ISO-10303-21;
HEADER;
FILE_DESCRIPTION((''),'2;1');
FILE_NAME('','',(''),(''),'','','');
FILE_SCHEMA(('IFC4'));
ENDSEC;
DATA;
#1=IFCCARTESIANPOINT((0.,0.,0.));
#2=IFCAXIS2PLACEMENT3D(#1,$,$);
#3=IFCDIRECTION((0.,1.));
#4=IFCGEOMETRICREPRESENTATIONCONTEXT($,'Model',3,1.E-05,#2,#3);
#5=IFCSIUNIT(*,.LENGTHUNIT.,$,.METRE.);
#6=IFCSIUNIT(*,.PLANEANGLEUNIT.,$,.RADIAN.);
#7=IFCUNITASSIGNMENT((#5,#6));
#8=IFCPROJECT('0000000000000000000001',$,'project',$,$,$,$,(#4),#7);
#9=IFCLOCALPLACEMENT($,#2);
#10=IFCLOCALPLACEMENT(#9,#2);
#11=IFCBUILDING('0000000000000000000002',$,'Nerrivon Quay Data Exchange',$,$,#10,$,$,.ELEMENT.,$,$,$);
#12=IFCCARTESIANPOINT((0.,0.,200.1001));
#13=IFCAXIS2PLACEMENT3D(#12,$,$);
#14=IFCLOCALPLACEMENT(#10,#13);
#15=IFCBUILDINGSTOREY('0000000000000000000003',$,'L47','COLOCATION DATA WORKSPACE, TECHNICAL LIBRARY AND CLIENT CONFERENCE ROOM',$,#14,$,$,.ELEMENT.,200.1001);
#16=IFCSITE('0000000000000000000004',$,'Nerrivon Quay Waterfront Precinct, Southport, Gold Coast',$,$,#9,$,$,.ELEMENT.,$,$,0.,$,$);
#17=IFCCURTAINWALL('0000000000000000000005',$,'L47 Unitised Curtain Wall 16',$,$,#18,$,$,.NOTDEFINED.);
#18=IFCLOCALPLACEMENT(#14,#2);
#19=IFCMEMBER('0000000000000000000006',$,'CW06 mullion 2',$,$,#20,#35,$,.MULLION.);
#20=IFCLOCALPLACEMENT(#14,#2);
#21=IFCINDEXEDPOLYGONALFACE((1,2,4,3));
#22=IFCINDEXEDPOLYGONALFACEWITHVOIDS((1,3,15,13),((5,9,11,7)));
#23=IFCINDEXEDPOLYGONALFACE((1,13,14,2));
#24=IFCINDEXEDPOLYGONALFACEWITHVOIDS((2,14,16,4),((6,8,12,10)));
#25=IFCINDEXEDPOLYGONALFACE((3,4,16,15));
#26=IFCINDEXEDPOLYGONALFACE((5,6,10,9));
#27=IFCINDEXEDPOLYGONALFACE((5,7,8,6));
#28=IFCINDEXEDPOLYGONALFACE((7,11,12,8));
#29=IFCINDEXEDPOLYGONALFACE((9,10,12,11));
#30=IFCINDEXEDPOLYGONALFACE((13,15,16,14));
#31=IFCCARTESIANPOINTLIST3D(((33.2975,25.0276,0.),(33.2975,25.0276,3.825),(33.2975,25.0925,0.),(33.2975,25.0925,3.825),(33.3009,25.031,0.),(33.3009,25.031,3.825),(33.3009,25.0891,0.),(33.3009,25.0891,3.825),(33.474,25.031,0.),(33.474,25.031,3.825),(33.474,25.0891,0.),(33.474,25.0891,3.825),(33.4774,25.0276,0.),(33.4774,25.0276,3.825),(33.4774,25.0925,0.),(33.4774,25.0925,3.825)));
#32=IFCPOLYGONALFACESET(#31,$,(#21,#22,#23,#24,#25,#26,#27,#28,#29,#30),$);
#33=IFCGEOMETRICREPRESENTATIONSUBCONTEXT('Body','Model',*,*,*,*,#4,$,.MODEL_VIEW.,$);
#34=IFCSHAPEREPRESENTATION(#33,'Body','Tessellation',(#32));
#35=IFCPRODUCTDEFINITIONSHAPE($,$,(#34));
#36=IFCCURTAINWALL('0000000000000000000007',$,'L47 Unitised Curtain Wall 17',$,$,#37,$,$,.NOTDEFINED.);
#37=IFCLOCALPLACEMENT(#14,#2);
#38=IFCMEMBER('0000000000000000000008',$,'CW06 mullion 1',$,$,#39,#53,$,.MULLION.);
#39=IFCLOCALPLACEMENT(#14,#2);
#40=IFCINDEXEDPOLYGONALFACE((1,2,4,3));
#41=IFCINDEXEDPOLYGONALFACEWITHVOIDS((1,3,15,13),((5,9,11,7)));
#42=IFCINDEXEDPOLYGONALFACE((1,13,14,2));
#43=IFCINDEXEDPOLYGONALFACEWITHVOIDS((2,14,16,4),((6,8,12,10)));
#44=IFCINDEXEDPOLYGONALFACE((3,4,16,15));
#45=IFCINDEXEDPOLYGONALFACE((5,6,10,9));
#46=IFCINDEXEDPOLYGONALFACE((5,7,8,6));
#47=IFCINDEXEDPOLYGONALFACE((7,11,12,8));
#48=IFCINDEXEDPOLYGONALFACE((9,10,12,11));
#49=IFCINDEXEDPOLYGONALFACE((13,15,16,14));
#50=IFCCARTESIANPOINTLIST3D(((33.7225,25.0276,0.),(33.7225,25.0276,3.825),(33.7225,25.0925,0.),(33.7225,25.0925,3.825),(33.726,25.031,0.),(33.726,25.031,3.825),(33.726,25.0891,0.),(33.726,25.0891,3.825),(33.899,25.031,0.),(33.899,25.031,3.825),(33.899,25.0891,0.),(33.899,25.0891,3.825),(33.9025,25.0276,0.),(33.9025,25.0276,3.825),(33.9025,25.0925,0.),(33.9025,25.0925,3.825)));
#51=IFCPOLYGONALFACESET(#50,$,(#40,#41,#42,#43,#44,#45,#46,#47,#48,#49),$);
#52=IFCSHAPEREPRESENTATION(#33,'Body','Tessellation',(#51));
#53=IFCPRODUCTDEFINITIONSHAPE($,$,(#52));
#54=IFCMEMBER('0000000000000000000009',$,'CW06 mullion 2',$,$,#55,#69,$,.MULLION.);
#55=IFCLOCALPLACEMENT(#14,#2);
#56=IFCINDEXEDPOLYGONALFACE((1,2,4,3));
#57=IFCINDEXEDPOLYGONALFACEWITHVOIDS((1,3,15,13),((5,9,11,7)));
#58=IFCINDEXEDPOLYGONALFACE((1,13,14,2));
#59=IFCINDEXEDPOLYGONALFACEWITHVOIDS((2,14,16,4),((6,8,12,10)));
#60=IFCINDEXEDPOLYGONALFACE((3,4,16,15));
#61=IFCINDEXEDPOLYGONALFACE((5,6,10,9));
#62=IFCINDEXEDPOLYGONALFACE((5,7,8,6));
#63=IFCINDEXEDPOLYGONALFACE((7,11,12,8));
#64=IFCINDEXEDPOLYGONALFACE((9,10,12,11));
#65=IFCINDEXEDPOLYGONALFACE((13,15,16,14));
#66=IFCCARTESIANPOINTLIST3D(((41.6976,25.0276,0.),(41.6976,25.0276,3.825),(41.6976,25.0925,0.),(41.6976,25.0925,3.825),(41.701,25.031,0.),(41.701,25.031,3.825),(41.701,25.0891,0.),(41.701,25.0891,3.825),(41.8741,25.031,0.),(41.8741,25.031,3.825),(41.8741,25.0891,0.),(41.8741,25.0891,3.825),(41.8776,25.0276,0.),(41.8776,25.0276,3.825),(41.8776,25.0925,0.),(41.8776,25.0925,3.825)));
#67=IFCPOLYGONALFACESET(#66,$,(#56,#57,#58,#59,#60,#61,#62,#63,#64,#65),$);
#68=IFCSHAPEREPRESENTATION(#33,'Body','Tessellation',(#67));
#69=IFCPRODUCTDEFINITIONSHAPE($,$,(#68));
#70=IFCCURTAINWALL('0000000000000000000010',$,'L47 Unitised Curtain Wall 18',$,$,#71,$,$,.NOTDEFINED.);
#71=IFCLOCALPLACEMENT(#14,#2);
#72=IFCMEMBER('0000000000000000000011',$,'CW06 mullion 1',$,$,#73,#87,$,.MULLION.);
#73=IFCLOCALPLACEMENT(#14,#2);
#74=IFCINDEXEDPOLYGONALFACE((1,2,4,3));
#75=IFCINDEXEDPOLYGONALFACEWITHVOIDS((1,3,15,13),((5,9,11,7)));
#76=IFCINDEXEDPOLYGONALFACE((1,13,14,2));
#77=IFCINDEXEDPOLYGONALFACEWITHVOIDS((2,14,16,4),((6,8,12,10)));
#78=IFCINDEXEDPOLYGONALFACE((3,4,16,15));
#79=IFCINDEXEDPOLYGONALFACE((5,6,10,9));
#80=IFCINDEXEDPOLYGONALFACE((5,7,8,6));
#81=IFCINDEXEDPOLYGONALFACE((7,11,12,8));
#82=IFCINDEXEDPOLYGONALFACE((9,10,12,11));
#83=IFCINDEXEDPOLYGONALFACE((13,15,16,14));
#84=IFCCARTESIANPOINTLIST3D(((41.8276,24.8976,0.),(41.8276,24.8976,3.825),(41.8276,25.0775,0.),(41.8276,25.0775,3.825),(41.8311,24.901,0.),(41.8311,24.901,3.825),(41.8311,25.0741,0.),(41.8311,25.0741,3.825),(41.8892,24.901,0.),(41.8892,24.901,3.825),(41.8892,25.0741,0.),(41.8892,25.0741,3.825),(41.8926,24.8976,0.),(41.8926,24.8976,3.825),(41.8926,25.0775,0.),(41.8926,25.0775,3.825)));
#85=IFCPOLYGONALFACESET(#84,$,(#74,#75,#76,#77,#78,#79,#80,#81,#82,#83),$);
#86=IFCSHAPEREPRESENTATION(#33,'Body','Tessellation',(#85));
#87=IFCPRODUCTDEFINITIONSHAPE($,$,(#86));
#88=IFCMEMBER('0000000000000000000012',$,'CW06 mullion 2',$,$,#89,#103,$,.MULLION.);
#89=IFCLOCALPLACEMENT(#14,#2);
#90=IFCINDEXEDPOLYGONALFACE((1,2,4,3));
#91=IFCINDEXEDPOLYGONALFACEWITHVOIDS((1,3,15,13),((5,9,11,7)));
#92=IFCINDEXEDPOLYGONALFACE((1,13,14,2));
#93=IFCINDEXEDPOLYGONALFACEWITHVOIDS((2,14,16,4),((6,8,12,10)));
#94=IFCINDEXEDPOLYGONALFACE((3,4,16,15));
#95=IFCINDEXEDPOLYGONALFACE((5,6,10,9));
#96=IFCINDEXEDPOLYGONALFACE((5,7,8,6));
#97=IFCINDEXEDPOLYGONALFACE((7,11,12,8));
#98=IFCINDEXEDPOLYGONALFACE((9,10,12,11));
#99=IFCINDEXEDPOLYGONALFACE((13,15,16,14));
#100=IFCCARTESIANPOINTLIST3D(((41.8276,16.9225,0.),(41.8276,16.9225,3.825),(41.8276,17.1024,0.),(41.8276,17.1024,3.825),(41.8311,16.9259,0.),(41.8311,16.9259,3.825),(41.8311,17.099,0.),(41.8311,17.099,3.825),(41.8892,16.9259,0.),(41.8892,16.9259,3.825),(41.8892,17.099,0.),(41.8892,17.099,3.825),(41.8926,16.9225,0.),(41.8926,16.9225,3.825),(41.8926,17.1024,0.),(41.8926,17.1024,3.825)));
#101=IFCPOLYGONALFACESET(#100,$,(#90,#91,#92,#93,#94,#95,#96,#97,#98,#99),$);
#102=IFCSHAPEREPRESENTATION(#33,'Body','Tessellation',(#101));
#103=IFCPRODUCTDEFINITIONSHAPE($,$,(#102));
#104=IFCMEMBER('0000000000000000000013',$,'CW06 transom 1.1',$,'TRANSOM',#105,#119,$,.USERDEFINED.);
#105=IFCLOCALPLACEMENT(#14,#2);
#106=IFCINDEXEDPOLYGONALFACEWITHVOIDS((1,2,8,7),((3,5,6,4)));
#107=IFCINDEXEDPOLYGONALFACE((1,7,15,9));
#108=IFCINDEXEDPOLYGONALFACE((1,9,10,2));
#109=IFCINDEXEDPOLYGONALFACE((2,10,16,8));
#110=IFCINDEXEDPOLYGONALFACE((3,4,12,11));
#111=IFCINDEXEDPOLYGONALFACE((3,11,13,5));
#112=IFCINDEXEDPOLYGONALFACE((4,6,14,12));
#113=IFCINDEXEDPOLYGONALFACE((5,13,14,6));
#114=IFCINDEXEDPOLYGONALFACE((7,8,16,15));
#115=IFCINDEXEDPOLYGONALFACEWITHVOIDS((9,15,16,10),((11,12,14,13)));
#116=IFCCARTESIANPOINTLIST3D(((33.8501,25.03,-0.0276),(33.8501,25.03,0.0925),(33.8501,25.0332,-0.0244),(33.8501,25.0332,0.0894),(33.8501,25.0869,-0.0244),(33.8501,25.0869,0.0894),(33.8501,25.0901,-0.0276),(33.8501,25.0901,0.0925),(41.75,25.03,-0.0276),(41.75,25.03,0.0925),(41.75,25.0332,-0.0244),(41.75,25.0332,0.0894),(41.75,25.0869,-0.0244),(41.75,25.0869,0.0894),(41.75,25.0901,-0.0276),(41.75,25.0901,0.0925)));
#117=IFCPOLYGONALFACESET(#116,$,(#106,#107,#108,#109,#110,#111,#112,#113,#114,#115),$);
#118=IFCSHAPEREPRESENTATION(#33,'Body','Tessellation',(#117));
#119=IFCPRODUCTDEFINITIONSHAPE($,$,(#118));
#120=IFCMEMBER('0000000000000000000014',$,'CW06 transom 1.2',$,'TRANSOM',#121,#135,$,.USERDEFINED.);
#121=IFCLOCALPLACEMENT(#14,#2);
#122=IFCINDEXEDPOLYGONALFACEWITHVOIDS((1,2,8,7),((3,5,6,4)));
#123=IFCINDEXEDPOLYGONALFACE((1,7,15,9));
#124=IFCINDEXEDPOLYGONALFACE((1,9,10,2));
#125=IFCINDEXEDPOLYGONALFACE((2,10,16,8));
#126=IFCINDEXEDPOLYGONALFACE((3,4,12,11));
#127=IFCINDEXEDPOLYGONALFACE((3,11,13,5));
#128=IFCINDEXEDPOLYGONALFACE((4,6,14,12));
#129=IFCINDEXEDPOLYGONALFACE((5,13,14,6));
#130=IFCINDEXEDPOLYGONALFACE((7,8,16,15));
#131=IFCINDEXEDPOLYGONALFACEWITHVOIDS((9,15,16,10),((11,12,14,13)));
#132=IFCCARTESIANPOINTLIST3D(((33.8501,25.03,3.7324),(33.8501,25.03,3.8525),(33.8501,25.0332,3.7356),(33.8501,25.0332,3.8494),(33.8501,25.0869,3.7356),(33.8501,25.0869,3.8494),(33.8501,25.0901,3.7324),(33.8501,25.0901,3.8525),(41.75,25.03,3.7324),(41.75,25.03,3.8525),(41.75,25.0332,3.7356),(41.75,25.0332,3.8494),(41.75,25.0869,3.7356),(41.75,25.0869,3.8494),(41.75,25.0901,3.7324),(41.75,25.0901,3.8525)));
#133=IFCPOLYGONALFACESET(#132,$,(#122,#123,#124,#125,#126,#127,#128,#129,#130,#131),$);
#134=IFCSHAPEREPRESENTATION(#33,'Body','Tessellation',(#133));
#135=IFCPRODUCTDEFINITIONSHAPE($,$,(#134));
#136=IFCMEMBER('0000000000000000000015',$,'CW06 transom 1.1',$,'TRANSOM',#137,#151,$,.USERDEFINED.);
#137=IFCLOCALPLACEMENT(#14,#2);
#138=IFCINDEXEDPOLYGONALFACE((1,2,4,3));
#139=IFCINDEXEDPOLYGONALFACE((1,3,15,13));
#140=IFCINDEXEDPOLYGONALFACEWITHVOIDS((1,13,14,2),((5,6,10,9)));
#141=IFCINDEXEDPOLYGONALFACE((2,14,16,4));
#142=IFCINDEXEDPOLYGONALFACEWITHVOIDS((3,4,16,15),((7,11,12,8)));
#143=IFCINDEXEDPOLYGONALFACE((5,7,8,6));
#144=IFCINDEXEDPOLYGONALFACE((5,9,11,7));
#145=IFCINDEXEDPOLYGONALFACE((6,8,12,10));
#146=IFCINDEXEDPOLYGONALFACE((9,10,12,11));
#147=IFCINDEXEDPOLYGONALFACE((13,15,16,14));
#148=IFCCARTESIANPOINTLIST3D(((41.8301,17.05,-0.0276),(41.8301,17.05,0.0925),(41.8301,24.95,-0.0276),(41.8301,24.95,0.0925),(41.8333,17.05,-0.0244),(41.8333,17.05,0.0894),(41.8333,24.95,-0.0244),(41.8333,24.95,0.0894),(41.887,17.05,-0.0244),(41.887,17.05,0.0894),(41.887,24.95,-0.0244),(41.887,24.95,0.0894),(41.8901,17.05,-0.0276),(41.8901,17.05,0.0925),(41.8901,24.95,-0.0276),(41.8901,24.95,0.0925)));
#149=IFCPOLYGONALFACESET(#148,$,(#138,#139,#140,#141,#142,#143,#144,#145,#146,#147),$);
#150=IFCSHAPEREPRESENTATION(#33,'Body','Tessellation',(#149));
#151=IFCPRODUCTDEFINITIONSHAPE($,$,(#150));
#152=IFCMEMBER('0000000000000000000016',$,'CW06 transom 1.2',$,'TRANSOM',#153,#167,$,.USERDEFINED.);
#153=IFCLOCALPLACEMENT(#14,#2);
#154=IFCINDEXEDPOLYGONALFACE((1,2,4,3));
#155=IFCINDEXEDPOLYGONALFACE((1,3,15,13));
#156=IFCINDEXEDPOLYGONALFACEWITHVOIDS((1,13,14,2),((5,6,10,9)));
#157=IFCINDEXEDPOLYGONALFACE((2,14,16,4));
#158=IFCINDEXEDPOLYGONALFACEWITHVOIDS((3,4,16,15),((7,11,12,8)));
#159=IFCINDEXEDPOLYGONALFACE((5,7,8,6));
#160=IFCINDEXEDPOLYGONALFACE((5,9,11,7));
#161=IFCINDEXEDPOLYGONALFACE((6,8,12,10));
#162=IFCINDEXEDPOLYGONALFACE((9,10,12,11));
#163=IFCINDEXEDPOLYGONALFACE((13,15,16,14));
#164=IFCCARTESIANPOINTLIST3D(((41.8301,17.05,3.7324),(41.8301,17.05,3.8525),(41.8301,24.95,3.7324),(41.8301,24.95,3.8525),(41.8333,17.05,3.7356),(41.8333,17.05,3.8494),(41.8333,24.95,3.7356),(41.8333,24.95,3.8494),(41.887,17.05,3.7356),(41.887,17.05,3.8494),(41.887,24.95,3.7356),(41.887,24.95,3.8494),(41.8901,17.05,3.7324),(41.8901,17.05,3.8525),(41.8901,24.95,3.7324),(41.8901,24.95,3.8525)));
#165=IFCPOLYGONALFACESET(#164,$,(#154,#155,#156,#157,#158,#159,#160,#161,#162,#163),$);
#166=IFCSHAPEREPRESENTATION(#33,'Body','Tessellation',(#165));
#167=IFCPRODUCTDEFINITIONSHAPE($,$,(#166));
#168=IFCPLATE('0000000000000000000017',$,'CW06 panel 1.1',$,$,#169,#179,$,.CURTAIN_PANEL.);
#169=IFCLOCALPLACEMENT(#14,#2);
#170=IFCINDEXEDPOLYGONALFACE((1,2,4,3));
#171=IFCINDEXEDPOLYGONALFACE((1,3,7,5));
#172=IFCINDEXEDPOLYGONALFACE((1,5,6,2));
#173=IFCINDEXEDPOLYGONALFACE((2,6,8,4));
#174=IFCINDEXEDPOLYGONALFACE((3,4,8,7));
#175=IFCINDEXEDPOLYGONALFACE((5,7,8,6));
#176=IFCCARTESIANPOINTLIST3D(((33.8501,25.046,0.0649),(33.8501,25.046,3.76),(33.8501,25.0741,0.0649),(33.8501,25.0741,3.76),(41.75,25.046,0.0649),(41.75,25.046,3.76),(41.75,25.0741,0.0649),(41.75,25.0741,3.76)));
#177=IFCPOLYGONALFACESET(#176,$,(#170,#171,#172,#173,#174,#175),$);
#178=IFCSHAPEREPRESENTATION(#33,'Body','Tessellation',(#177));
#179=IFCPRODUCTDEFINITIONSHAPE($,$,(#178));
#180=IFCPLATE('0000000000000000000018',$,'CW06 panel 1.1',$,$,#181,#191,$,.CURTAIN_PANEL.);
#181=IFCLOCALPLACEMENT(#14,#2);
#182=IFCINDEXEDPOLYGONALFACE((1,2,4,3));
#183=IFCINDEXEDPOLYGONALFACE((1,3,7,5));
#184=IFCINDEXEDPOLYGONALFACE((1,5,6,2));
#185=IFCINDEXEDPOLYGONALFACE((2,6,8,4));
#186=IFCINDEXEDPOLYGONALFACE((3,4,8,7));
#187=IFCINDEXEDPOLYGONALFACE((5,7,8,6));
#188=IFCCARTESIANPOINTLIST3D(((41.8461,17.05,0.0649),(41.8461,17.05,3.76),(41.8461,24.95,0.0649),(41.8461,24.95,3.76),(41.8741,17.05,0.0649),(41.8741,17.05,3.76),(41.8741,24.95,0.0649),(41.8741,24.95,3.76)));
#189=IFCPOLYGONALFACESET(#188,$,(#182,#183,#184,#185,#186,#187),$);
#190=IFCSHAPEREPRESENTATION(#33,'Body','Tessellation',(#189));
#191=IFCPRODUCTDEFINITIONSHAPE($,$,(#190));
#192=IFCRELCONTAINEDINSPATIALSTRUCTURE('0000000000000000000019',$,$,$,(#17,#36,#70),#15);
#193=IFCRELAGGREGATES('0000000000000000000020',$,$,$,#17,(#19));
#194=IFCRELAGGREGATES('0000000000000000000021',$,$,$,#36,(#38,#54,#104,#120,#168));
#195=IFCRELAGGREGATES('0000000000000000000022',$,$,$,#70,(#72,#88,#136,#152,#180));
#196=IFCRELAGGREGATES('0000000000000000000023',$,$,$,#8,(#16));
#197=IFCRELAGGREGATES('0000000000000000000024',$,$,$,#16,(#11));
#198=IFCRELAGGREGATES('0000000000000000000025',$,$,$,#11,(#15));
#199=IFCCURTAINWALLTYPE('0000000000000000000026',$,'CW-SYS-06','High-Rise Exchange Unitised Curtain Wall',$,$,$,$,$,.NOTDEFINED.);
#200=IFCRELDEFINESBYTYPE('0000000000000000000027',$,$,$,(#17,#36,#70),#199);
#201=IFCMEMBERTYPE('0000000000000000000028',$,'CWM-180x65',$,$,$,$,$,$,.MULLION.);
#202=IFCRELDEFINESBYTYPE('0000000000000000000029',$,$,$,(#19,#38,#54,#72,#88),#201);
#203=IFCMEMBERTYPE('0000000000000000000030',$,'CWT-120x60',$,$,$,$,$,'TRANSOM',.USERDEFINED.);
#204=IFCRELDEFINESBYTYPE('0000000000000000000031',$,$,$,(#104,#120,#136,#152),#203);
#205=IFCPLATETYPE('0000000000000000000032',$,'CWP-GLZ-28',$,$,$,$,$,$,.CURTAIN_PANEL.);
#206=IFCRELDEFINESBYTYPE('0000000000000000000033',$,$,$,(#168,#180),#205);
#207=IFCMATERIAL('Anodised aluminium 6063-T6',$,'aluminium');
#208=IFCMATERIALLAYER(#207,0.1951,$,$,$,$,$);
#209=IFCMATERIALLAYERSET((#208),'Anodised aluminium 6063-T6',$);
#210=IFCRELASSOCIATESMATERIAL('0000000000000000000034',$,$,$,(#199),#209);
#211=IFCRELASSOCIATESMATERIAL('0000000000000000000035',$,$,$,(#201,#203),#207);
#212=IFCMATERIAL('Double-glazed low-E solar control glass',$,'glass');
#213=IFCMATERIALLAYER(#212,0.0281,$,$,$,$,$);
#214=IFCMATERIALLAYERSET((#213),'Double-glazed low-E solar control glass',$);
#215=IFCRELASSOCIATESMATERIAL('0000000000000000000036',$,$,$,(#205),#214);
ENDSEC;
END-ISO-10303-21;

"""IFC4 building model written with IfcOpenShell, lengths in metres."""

from ifc_helpers import new_model, si_unit, direction, frame, origin, origin_2d, place, context, subcontext, project, spatial, rectangle, hollow_rectangle, extrude, material, layer, layer_set, material_profile, profile_set, type_object, element, aggregate, save


model = new_model("IFC4")

# Units and contexts
model_context = context("Model", 3, precision=1e-05, world=origin(), true_north=direction((0.0, 1.0)))
body_context = subcontext(model_context, "Body", "Model", "MODEL_VIEW")
ifc_project = project(units=[si_unit("LENGTHUNIT", "METRE"), si_unit("PLANEANGLEUNIT", "RADIAN")], contexts=[model_context])

# Site, building, storey
site_placement = place(None, origin())
site = spatial("IfcSite", under=ifc_project, at=site_placement, Name="Nerrivon Quay Waterfront Precinct, Southport, Gold Coast", CompositionType="ELEMENT", RefElevation=0.0)
building_placement = place(site_placement, origin())
building = spatial("IfcBuilding", under=site, at=building_placement, Name="Nerrivon Quay Data Exchange", CompositionType="ELEMENT")
storey_placement = place(building_placement, frame((0.0, 0.0, 200.1001)))
storey = spatial("IfcBuildingStorey", under=building, at=storey_placement, Name="L47", Description="COLOCATION DATA WORKSPACE, TECHNICAL LIBRARY AND CLIENT CONFERENCE ROOM", CompositionType="ELEMENT", Elevation=200.1001)

# Curtain wall, member
ifc_material_1 = material(Name="Anodised aluminium 6063-T6", Category="aluminium")
ifc_layer_1 = layer(ifc_material_1, 0.1951)
ifc_layer_set_1 = layer_set([ifc_layer_1], Name="Anodised aluminium 6063-T6")
curtain_wall_type = type_object("IfcCurtainWallType", Name="CW-SYS-06", Description="High-Rise Exchange Unitised Curtain Wall", PredefinedType="NOTDEFINED", material=ifc_layer_set_1)
curtain_wall_1_placement = place(storey_placement, origin())
curtain_wall_1 = element("IfcCurtainWall", 1, at=curtain_wall_1_placement, inside=storey, type_object=curtain_wall_type, Name="L47 Unitised Curtain Wall 16", PredefinedType="NOTDEFINED")
ifc_material_profile_1 = material_profile(ifc_material_1, hollow_rectangle(XDim=0.0649, YDim=0.1799, WallThickness=0.0034, at=origin_2d()), Name="ALU-MULL-180x65")
ifc_profile_set_1 = profile_set([ifc_material_profile_1], Name="Anodised aluminium 6063-T6")
member_type_1 = type_object("IfcMemberType", Name="CWM-180x65", PredefinedType="MULLION", material=ifc_profile_set_1)
member_1_placement = place(storey_placement, frame((33.3875, 25.0601, 0.0), z_axis=(0.0, 0.0, 1.0), x_axis=(0.0, 1.0, 0.0)))
member_1 = element("IfcMember", 2, at=member_1_placement, type_object=member_type_1, Name="CW06 mullion 2", PredefinedType="MULLION", context=body_context, shape_type="SweptSolid", body=[
    extrude(hollow_rectangle(XDim=0.0649, YDim=0.1799, WallThickness=0.0034, at=origin_2d()), origin(), (0.0, 0.0, 1.0), 3.825),
])
aggregate(curtain_wall_1, [member_1])

# Curtain walls, members
curtain_wall_2_placement = place(storey_placement, origin())
curtain_wall_2 = element("IfcCurtainWall", 3, at=curtain_wall_2_placement, inside=storey, type_object=curtain_wall_type, Name="L47 Unitised Curtain Wall 17", PredefinedType="NOTDEFINED")
member_2_placement = place(storey_placement, frame((33.8125, 25.0601, 0.0), z_axis=(0.0, 0.0, 1.0), x_axis=(0.0, 1.0, 0.0)))
member_2 = element("IfcMember", 4, at=member_2_placement, type_object=member_type_1, Name="CW06 mullion 1", PredefinedType="MULLION", context=body_context, shape_type="SweptSolid", body=[
    extrude(hollow_rectangle(XDim=0.0649, YDim=0.1799, WallThickness=0.0034, at=origin_2d()), origin(), (0.0, 0.0, 1.0), 3.825),
])
member_3_placement = place(storey_placement, frame((41.7876, 25.0601, 0.0), z_axis=(0.0, 0.0, 1.0), x_axis=(0.0, 1.0, 0.0)))
member_3 = element("IfcMember", 5, at=member_3_placement, type_object=member_type_1, Name="CW06 mullion 2", PredefinedType="MULLION", context=body_context, shape_type="SweptSolid", body=[
    extrude(hollow_rectangle(XDim=0.0649, YDim=0.1799, WallThickness=0.0034, at=origin_2d()), origin(), (0.0, 0.0, 1.0), 3.825),
])
curtain_wall_3_placement = place(storey_placement, origin())
curtain_wall_3 = element("IfcCurtainWall", 6, at=curtain_wall_3_placement, inside=storey, type_object=curtain_wall_type, Name="L47 Unitised Curtain Wall 18", PredefinedType="NOTDEFINED")
member_4_placement = place(storey_placement, frame((41.8601, 24.9875, 0.0), z_axis=(0.0, 0.0, 1.0), x_axis=(1.0, 0.0, 0.0)))
member_4 = element("IfcMember", 7, at=member_4_placement, type_object=member_type_1, Name="CW06 mullion 1", PredefinedType="MULLION", context=body_context, shape_type="SweptSolid", body=[
    extrude(hollow_rectangle(XDim=0.0649, YDim=0.1799, WallThickness=0.0034, at=origin_2d()), origin(), (0.0, 0.0, 1.0), 3.825),
])
member_5_placement = place(storey_placement, frame((41.8601, 17.0125, 0.0), z_axis=(0.0, 0.0, 1.0), x_axis=(1.0, 0.0, 0.0)))
member_5 = element("IfcMember", 8, at=member_5_placement, type_object=member_type_1, Name="CW06 mullion 2", PredefinedType="MULLION", context=body_context, shape_type="SweptSolid", body=[
    extrude(hollow_rectangle(XDim=0.0649, YDim=0.1799, WallThickness=0.0034, at=origin_2d()), origin(), (0.0, 0.0, 1.0), 3.825),
])

# Members
ifc_material_profile_2 = material_profile(ifc_material_1, hollow_rectangle(XDim=0.0601, YDim=0.1201, WallThickness=0.0032, at=origin_2d()), Name="ALU-TRAN-120x60")
ifc_profile_set_2 = profile_set([ifc_material_profile_2], Name="Anodised aluminium 6063-T6")
member_type_2 = type_object("IfcMemberType", Name="CWT-120x60", ElementType="TRANSOM", PredefinedType="USERDEFINED", material=ifc_profile_set_2)
member_6_placement = place(storey_placement, frame((33.8501, 25.0601, 0.0325), z_axis=(1.0, 0.0, 0.0), x_axis=(0.0, 1.0, 0.0)))
member_6 = element("IfcMember", 9, at=member_6_placement, type_object=member_type_2, Name="CW06 transom 1.1", ObjectType="TRANSOM", PredefinedType="USERDEFINED", context=body_context, shape_type="SweptSolid", body=[
    extrude(hollow_rectangle(XDim=0.0601, YDim=0.1201, WallThickness=0.0032, at=origin_2d()), origin(), (0.0, 0.0, 1.0), 7.8999),
])
member_7_placement = place(storey_placement, frame((33.8501, 25.0601, 3.7925), z_axis=(1.0, 0.0, 0.0), x_axis=(0.0, 1.0, 0.0)))
member_7 = element("IfcMember", 10, at=member_7_placement, type_object=member_type_2, Name="CW06 transom 1.2", ObjectType="TRANSOM", PredefinedType="USERDEFINED", context=body_context, shape_type="SweptSolid", body=[
    extrude(hollow_rectangle(XDim=0.0601, YDim=0.1201, WallThickness=0.0032, at=origin_2d()), origin(), (0.0, 0.0, 1.0), 7.8999),
])
member_8_placement = place(storey_placement, frame((41.8601, 24.95, 0.0325), z_axis=(0.0, -1.0, 0.0), x_axis=(1.0, 0.0, 0.0)))
member_8 = element("IfcMember", 11, at=member_8_placement, type_object=member_type_2, Name="CW06 transom 1.1", ObjectType="TRANSOM", PredefinedType="USERDEFINED", context=body_context, shape_type="SweptSolid", body=[
    extrude(hollow_rectangle(XDim=0.0601, YDim=0.1201, WallThickness=0.0032, at=origin_2d()), origin(), (0.0, 0.0, 1.0), 7.8999),
])
member_9_placement = place(storey_placement, frame((41.8601, 24.95, 3.7925), z_axis=(0.0, -1.0, 0.0), x_axis=(1.0, 0.0, 0.0)))
member_9 = element("IfcMember", 12, at=member_9_placement, type_object=member_type_2, Name="CW06 transom 1.2", ObjectType="TRANSOM", PredefinedType="USERDEFINED", context=body_context, shape_type="SweptSolid", body=[
    extrude(hollow_rectangle(XDim=0.0601, YDim=0.1201, WallThickness=0.0032, at=origin_2d()), origin(), (0.0, 0.0, 1.0), 7.8999),
])

# Plates
ifc_material_2 = material(Name="Double-glazed low-E solar control glass", Category="glass")
ifc_layer_2 = layer(ifc_material_2, 0.0281)
ifc_layer_set_2 = layer_set([ifc_layer_2], Name="Double-glazed low-E solar control glass")
plate_type = type_object("IfcPlateType", Name="CWP-GLZ-28", PredefinedType="CURTAIN_PANEL", material=ifc_layer_set_2)
plate_1_placement = place(storey_placement, frame((37.8, 25.0601, 0.0649), z_axis=(0.0, 0.0, 1.0), x_axis=(1.0, 0.0, 0.0)))
plate_1 = element("IfcPlate", 13, at=plate_1_placement, type_object=plate_type, Name="CW06 panel 1.1", PredefinedType="CURTAIN_PANEL", context=body_context, shape_type="SweptSolid", body=[
    extrude(rectangle(XDim=7.8999, YDim=0.0281, at=origin_2d()), origin(), (0.0, 0.0, 1.0), 3.6951),
])
aggregate(curtain_wall_2, [member_2, member_3, member_6, member_7, plate_1])
plate_2_placement = place(storey_placement, frame((41.8601, 21.0, 0.0649), z_axis=(0.0, 0.0, 1.0), x_axis=(0.0, -1.0, 0.0)))
plate_2 = element("IfcPlate", 14, at=plate_2_placement, type_object=plate_type, Name="CW06 panel 1.1", PredefinedType="CURTAIN_PANEL", context=body_context, shape_type="SweptSolid", body=[
    extrude(rectangle(XDim=7.8999, YDim=0.0281, at=origin_2d()), origin(), (0.0, 0.0, 1.0), 3.6951),
])
aggregate(curtain_wall_3, [member_4, member_5, member_8, member_9, plate_2])

save(model, "model.ifc")
